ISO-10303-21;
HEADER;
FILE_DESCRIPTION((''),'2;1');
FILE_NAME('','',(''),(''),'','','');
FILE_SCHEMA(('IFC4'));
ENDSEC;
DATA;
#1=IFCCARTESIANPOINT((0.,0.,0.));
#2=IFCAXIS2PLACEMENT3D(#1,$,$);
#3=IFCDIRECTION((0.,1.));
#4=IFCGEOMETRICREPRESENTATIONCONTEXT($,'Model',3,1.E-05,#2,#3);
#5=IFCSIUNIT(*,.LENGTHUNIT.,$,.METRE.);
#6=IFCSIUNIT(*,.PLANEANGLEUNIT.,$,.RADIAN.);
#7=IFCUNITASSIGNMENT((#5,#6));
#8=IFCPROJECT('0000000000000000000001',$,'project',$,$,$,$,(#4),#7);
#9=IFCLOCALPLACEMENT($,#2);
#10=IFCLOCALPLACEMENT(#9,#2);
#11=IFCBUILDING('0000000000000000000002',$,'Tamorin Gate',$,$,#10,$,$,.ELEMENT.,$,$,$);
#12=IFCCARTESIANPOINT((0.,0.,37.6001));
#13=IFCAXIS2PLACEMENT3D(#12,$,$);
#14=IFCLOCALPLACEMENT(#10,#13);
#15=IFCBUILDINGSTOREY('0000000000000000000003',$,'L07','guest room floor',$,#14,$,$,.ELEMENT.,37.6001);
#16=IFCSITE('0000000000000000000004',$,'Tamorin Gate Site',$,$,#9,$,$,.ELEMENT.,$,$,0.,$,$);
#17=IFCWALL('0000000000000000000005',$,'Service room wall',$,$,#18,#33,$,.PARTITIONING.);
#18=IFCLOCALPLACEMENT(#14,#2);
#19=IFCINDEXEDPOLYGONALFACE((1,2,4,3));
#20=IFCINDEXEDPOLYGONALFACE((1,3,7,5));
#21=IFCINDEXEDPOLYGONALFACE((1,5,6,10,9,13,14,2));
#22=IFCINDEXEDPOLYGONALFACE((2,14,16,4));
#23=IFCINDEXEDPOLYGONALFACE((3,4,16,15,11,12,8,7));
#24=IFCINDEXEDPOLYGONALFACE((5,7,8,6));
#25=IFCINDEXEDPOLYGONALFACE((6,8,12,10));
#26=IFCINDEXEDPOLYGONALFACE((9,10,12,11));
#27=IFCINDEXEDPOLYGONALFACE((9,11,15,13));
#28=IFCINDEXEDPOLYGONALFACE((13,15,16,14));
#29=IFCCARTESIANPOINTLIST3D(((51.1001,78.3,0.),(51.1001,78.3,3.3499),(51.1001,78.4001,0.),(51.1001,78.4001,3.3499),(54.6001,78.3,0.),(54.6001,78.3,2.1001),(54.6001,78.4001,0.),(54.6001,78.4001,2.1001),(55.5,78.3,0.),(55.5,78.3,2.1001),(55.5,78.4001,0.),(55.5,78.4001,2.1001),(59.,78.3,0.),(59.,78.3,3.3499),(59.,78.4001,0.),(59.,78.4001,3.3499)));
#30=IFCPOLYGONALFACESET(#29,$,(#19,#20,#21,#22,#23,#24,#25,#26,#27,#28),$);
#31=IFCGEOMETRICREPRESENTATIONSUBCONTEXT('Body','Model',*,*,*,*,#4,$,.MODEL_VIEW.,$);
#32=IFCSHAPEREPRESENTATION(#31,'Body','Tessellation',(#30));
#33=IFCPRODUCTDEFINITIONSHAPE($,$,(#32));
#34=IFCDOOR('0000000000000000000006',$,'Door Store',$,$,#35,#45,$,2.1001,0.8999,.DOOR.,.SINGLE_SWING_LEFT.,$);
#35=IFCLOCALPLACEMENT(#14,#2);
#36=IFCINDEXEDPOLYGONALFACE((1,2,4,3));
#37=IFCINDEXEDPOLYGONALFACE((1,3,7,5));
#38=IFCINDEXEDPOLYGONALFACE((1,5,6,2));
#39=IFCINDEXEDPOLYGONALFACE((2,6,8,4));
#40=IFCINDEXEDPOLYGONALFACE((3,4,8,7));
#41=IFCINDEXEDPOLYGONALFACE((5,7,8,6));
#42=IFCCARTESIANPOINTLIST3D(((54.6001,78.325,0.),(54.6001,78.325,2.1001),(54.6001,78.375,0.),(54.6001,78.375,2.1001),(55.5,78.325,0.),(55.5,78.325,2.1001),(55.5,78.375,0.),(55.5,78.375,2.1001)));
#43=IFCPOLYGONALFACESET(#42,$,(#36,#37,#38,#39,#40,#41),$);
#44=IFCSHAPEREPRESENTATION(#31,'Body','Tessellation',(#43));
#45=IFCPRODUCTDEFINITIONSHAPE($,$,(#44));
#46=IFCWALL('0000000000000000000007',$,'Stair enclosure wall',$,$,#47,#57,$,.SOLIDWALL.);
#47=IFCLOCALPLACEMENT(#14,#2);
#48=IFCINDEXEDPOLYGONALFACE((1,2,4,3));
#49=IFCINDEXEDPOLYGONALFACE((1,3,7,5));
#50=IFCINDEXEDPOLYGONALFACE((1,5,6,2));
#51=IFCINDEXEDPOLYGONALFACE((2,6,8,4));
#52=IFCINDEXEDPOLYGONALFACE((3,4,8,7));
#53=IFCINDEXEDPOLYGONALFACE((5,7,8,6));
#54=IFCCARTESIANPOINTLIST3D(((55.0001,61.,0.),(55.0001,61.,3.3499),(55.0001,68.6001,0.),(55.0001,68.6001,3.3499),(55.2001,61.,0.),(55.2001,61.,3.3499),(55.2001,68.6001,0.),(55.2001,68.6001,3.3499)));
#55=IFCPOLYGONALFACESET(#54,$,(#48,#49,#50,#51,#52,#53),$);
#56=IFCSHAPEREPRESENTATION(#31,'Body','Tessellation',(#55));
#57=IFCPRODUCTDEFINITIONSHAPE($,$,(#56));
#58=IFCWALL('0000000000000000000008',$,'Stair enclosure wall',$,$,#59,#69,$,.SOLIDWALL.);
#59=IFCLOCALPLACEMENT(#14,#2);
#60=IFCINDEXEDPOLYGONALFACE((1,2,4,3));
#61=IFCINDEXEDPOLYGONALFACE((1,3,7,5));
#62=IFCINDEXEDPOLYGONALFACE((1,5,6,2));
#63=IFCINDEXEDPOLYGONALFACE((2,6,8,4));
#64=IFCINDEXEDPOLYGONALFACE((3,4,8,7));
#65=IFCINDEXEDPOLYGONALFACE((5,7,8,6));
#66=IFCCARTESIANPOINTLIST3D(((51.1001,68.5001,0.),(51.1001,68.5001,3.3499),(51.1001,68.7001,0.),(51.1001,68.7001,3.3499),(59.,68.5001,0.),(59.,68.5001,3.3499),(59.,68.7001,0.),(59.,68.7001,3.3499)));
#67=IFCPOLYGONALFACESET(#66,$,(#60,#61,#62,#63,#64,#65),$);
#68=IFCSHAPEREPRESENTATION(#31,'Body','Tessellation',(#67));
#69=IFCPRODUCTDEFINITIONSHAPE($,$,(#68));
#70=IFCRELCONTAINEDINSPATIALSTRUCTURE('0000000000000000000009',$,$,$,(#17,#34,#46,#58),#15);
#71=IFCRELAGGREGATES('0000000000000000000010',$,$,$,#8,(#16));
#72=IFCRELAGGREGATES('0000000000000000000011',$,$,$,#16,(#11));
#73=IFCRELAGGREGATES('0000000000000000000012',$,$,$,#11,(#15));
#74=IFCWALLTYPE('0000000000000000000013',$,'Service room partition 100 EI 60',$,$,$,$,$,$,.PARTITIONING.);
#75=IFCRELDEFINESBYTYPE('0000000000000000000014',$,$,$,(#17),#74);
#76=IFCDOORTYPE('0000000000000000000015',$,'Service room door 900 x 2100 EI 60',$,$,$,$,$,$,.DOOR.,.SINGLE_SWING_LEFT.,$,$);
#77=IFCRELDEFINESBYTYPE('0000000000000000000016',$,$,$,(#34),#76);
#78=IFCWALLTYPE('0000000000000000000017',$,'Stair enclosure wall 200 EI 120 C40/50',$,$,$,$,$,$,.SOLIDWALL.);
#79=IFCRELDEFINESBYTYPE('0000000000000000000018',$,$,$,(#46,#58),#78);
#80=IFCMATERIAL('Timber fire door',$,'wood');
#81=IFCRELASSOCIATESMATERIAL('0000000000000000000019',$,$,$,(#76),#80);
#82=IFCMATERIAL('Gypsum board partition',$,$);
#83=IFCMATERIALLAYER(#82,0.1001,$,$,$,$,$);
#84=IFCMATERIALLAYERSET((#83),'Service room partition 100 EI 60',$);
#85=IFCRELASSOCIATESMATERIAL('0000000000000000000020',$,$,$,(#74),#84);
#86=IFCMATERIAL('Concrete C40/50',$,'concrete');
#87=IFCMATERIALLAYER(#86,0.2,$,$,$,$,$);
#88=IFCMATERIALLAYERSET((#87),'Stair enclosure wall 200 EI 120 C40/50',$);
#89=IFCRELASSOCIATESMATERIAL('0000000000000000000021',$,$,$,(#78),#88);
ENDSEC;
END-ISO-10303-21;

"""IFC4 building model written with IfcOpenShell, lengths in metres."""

from ifc_helpers import new_model, si_unit, direction, frame, frame_2d, origin, place, context, subcontext, project, spatial, rectangle, extrude, material, layer, layer_set, type_object, element, fill, save


model = new_model("IFC4")

# Units and contexts
model_context = context("Model", 3, precision=1e-05, world=origin(), true_north=direction((0.0, 1.0)))
body_context = subcontext(model_context, "Body", "Model", "MODEL_VIEW")
ifc_project = project(units=[si_unit("LENGTHUNIT", "METRE"), si_unit("PLANEANGLEUNIT", "RADIAN")], contexts=[model_context])

# Site, building, storey
site_placement = place(None, origin())
site = spatial("IfcSite", under=ifc_project, at=site_placement, Name="Tamorin Gate Site", CompositionType="ELEMENT", RefElevation=0.0)
building_placement = place(site_placement, origin())
building = spatial("IfcBuilding", under=site, at=building_placement, Name="Tamorin Gate", CompositionType="ELEMENT")
storey_placement = place(building_placement, frame((0.0, 0.0, 37.6001)))
storey = spatial("IfcBuildingStorey", under=building, at=storey_placement, Name="L07", Description="guest room floor", CompositionType="ELEMENT", Elevation=37.6001)

# Shared definitions
ifc_material_1 = material(Name="Gypsum board partition")
ifc_material_2 = material(Name="Timber fire door", Category="wood")
door_type_1 = type_object("IfcDoorType", Name="Service room door 900 x 2100 EI 60", OperationType="SINGLE_SWING_LEFT", PredefinedType="DOOR", material=ifc_material_2)

# Shared definitions
ifc_layer_1 = layer(ifc_material_1, 0.1001)
ifc_layer_set_1 = layer_set([ifc_layer_1], Name="Service room partition 100 EI 60")
wall_type_1 = type_object("IfcWallType", Name="Service room partition 100 EI 60", PredefinedType="PARTITIONING", material=ifc_layer_set_1)

# Wall, opening, door
wall_1_placement = place(storey_placement, frame((51.1001, 78.3501, 0.0), z_axis=(0.0, 0.0, 1.0), x_axis=(1.0, 0.0, 0.0)))
wall_1 = element("IfcWall", 1, at=wall_1_placement, inside=storey, type_object=wall_type_1, Name="Service room wall", PredefinedType="PARTITIONING", context=body_context, shape_type="SweptSolid", body=[
    extrude(rectangle(XDim=7.8999, YDim=0.1001, at=frame_2d((3.95, 0.0))), origin(), (0.0, 0.0, 1.0), 3.3499),
])
opening_1_placement = place(wall_1_placement, frame((3.5, 0.0, 0.0)))
opening_1 = element("IfcOpeningElement", 2, at=opening_1_placement, cuts=wall_1, PredefinedType="OPENING", context=body_context, shape_type="SweptSolid", body=[
    extrude(rectangle(XDim=0.8999, YDim=2.1001, at=frame_2d((0.45, 1.05))), frame((0.0, 0.0601, 0.0), z_axis=(0.0, -1.0, 0.0), x_axis=(1.0, 0.0, 0.0)), (0.0, 0.0, 1.0), 0.1201),
])
door_1_placement = place(opening_1_placement, origin())
door_1 = element("IfcDoor", 3, at=door_1_placement, inside=storey, type_object=door_type_1, Name="Door Store", OperationType="SINGLE_SWING_LEFT", OverallHeight=2.1001, OverallWidth=0.8999, PredefinedType="DOOR", context=body_context, shape_type="SweptSolid", body=[
    extrude(rectangle(XDim=0.8999, YDim=2.1001, at=frame_2d((0.45, 1.05))), frame((0.0, 0.0249, 0.0), z_axis=(0.0, -1.0, 0.0), x_axis=(1.0, 0.0, 0.0)), (0.0, 0.0, 1.0), 0.05),
])
fill(opening_1, door_1)

# Walls
ifc_material_3 = material(Name="Concrete C40/50", Category="concrete")
ifc_layer_2 = layer(ifc_material_3, 0.2)
ifc_layer_set_2 = layer_set([ifc_layer_2], Name="Stair enclosure wall 200 EI 120 C40/50")
wall_type_2 = type_object("IfcWallType", Name="Stair enclosure wall 200 EI 120 C40/50", PredefinedType="SOLIDWALL", material=ifc_layer_set_2)
wall_2_placement = place(storey_placement, frame((55.1001, 61.0, 0.0), z_axis=(0.0, 0.0, 1.0), x_axis=(0.0, 1.0, 0.0)))
element("IfcWall", 4, at=wall_2_placement, inside=storey, type_object=wall_type_2, Name="Stair enclosure wall", PredefinedType="SOLIDWALL", context=body_context, shape_type="SweptSolid", body=[
    extrude(rectangle(XDim=7.6001, YDim=0.2, at=frame_2d((3.8, 0.0))), origin(), (0.0, 0.0, 1.0), 3.3499),
])
wall_3_placement = place(storey_placement, frame((51.1001, 68.6001, 0.0), z_axis=(0.0, 0.0, 1.0), x_axis=(1.0, 0.0, 0.0)))
element("IfcWall", 5, at=wall_3_placement, inside=storey, type_object=wall_type_2, Name="Stair enclosure wall", PredefinedType="SOLIDWALL", context=body_context, shape_type="SweptSolid", body=[
    extrude(rectangle(XDim=7.8999, YDim=0.2, at=frame_2d((3.95, 0.0))), origin(), (0.0, 0.0, 1.0), 3.3499),
])

save(model, "model.ifc")
